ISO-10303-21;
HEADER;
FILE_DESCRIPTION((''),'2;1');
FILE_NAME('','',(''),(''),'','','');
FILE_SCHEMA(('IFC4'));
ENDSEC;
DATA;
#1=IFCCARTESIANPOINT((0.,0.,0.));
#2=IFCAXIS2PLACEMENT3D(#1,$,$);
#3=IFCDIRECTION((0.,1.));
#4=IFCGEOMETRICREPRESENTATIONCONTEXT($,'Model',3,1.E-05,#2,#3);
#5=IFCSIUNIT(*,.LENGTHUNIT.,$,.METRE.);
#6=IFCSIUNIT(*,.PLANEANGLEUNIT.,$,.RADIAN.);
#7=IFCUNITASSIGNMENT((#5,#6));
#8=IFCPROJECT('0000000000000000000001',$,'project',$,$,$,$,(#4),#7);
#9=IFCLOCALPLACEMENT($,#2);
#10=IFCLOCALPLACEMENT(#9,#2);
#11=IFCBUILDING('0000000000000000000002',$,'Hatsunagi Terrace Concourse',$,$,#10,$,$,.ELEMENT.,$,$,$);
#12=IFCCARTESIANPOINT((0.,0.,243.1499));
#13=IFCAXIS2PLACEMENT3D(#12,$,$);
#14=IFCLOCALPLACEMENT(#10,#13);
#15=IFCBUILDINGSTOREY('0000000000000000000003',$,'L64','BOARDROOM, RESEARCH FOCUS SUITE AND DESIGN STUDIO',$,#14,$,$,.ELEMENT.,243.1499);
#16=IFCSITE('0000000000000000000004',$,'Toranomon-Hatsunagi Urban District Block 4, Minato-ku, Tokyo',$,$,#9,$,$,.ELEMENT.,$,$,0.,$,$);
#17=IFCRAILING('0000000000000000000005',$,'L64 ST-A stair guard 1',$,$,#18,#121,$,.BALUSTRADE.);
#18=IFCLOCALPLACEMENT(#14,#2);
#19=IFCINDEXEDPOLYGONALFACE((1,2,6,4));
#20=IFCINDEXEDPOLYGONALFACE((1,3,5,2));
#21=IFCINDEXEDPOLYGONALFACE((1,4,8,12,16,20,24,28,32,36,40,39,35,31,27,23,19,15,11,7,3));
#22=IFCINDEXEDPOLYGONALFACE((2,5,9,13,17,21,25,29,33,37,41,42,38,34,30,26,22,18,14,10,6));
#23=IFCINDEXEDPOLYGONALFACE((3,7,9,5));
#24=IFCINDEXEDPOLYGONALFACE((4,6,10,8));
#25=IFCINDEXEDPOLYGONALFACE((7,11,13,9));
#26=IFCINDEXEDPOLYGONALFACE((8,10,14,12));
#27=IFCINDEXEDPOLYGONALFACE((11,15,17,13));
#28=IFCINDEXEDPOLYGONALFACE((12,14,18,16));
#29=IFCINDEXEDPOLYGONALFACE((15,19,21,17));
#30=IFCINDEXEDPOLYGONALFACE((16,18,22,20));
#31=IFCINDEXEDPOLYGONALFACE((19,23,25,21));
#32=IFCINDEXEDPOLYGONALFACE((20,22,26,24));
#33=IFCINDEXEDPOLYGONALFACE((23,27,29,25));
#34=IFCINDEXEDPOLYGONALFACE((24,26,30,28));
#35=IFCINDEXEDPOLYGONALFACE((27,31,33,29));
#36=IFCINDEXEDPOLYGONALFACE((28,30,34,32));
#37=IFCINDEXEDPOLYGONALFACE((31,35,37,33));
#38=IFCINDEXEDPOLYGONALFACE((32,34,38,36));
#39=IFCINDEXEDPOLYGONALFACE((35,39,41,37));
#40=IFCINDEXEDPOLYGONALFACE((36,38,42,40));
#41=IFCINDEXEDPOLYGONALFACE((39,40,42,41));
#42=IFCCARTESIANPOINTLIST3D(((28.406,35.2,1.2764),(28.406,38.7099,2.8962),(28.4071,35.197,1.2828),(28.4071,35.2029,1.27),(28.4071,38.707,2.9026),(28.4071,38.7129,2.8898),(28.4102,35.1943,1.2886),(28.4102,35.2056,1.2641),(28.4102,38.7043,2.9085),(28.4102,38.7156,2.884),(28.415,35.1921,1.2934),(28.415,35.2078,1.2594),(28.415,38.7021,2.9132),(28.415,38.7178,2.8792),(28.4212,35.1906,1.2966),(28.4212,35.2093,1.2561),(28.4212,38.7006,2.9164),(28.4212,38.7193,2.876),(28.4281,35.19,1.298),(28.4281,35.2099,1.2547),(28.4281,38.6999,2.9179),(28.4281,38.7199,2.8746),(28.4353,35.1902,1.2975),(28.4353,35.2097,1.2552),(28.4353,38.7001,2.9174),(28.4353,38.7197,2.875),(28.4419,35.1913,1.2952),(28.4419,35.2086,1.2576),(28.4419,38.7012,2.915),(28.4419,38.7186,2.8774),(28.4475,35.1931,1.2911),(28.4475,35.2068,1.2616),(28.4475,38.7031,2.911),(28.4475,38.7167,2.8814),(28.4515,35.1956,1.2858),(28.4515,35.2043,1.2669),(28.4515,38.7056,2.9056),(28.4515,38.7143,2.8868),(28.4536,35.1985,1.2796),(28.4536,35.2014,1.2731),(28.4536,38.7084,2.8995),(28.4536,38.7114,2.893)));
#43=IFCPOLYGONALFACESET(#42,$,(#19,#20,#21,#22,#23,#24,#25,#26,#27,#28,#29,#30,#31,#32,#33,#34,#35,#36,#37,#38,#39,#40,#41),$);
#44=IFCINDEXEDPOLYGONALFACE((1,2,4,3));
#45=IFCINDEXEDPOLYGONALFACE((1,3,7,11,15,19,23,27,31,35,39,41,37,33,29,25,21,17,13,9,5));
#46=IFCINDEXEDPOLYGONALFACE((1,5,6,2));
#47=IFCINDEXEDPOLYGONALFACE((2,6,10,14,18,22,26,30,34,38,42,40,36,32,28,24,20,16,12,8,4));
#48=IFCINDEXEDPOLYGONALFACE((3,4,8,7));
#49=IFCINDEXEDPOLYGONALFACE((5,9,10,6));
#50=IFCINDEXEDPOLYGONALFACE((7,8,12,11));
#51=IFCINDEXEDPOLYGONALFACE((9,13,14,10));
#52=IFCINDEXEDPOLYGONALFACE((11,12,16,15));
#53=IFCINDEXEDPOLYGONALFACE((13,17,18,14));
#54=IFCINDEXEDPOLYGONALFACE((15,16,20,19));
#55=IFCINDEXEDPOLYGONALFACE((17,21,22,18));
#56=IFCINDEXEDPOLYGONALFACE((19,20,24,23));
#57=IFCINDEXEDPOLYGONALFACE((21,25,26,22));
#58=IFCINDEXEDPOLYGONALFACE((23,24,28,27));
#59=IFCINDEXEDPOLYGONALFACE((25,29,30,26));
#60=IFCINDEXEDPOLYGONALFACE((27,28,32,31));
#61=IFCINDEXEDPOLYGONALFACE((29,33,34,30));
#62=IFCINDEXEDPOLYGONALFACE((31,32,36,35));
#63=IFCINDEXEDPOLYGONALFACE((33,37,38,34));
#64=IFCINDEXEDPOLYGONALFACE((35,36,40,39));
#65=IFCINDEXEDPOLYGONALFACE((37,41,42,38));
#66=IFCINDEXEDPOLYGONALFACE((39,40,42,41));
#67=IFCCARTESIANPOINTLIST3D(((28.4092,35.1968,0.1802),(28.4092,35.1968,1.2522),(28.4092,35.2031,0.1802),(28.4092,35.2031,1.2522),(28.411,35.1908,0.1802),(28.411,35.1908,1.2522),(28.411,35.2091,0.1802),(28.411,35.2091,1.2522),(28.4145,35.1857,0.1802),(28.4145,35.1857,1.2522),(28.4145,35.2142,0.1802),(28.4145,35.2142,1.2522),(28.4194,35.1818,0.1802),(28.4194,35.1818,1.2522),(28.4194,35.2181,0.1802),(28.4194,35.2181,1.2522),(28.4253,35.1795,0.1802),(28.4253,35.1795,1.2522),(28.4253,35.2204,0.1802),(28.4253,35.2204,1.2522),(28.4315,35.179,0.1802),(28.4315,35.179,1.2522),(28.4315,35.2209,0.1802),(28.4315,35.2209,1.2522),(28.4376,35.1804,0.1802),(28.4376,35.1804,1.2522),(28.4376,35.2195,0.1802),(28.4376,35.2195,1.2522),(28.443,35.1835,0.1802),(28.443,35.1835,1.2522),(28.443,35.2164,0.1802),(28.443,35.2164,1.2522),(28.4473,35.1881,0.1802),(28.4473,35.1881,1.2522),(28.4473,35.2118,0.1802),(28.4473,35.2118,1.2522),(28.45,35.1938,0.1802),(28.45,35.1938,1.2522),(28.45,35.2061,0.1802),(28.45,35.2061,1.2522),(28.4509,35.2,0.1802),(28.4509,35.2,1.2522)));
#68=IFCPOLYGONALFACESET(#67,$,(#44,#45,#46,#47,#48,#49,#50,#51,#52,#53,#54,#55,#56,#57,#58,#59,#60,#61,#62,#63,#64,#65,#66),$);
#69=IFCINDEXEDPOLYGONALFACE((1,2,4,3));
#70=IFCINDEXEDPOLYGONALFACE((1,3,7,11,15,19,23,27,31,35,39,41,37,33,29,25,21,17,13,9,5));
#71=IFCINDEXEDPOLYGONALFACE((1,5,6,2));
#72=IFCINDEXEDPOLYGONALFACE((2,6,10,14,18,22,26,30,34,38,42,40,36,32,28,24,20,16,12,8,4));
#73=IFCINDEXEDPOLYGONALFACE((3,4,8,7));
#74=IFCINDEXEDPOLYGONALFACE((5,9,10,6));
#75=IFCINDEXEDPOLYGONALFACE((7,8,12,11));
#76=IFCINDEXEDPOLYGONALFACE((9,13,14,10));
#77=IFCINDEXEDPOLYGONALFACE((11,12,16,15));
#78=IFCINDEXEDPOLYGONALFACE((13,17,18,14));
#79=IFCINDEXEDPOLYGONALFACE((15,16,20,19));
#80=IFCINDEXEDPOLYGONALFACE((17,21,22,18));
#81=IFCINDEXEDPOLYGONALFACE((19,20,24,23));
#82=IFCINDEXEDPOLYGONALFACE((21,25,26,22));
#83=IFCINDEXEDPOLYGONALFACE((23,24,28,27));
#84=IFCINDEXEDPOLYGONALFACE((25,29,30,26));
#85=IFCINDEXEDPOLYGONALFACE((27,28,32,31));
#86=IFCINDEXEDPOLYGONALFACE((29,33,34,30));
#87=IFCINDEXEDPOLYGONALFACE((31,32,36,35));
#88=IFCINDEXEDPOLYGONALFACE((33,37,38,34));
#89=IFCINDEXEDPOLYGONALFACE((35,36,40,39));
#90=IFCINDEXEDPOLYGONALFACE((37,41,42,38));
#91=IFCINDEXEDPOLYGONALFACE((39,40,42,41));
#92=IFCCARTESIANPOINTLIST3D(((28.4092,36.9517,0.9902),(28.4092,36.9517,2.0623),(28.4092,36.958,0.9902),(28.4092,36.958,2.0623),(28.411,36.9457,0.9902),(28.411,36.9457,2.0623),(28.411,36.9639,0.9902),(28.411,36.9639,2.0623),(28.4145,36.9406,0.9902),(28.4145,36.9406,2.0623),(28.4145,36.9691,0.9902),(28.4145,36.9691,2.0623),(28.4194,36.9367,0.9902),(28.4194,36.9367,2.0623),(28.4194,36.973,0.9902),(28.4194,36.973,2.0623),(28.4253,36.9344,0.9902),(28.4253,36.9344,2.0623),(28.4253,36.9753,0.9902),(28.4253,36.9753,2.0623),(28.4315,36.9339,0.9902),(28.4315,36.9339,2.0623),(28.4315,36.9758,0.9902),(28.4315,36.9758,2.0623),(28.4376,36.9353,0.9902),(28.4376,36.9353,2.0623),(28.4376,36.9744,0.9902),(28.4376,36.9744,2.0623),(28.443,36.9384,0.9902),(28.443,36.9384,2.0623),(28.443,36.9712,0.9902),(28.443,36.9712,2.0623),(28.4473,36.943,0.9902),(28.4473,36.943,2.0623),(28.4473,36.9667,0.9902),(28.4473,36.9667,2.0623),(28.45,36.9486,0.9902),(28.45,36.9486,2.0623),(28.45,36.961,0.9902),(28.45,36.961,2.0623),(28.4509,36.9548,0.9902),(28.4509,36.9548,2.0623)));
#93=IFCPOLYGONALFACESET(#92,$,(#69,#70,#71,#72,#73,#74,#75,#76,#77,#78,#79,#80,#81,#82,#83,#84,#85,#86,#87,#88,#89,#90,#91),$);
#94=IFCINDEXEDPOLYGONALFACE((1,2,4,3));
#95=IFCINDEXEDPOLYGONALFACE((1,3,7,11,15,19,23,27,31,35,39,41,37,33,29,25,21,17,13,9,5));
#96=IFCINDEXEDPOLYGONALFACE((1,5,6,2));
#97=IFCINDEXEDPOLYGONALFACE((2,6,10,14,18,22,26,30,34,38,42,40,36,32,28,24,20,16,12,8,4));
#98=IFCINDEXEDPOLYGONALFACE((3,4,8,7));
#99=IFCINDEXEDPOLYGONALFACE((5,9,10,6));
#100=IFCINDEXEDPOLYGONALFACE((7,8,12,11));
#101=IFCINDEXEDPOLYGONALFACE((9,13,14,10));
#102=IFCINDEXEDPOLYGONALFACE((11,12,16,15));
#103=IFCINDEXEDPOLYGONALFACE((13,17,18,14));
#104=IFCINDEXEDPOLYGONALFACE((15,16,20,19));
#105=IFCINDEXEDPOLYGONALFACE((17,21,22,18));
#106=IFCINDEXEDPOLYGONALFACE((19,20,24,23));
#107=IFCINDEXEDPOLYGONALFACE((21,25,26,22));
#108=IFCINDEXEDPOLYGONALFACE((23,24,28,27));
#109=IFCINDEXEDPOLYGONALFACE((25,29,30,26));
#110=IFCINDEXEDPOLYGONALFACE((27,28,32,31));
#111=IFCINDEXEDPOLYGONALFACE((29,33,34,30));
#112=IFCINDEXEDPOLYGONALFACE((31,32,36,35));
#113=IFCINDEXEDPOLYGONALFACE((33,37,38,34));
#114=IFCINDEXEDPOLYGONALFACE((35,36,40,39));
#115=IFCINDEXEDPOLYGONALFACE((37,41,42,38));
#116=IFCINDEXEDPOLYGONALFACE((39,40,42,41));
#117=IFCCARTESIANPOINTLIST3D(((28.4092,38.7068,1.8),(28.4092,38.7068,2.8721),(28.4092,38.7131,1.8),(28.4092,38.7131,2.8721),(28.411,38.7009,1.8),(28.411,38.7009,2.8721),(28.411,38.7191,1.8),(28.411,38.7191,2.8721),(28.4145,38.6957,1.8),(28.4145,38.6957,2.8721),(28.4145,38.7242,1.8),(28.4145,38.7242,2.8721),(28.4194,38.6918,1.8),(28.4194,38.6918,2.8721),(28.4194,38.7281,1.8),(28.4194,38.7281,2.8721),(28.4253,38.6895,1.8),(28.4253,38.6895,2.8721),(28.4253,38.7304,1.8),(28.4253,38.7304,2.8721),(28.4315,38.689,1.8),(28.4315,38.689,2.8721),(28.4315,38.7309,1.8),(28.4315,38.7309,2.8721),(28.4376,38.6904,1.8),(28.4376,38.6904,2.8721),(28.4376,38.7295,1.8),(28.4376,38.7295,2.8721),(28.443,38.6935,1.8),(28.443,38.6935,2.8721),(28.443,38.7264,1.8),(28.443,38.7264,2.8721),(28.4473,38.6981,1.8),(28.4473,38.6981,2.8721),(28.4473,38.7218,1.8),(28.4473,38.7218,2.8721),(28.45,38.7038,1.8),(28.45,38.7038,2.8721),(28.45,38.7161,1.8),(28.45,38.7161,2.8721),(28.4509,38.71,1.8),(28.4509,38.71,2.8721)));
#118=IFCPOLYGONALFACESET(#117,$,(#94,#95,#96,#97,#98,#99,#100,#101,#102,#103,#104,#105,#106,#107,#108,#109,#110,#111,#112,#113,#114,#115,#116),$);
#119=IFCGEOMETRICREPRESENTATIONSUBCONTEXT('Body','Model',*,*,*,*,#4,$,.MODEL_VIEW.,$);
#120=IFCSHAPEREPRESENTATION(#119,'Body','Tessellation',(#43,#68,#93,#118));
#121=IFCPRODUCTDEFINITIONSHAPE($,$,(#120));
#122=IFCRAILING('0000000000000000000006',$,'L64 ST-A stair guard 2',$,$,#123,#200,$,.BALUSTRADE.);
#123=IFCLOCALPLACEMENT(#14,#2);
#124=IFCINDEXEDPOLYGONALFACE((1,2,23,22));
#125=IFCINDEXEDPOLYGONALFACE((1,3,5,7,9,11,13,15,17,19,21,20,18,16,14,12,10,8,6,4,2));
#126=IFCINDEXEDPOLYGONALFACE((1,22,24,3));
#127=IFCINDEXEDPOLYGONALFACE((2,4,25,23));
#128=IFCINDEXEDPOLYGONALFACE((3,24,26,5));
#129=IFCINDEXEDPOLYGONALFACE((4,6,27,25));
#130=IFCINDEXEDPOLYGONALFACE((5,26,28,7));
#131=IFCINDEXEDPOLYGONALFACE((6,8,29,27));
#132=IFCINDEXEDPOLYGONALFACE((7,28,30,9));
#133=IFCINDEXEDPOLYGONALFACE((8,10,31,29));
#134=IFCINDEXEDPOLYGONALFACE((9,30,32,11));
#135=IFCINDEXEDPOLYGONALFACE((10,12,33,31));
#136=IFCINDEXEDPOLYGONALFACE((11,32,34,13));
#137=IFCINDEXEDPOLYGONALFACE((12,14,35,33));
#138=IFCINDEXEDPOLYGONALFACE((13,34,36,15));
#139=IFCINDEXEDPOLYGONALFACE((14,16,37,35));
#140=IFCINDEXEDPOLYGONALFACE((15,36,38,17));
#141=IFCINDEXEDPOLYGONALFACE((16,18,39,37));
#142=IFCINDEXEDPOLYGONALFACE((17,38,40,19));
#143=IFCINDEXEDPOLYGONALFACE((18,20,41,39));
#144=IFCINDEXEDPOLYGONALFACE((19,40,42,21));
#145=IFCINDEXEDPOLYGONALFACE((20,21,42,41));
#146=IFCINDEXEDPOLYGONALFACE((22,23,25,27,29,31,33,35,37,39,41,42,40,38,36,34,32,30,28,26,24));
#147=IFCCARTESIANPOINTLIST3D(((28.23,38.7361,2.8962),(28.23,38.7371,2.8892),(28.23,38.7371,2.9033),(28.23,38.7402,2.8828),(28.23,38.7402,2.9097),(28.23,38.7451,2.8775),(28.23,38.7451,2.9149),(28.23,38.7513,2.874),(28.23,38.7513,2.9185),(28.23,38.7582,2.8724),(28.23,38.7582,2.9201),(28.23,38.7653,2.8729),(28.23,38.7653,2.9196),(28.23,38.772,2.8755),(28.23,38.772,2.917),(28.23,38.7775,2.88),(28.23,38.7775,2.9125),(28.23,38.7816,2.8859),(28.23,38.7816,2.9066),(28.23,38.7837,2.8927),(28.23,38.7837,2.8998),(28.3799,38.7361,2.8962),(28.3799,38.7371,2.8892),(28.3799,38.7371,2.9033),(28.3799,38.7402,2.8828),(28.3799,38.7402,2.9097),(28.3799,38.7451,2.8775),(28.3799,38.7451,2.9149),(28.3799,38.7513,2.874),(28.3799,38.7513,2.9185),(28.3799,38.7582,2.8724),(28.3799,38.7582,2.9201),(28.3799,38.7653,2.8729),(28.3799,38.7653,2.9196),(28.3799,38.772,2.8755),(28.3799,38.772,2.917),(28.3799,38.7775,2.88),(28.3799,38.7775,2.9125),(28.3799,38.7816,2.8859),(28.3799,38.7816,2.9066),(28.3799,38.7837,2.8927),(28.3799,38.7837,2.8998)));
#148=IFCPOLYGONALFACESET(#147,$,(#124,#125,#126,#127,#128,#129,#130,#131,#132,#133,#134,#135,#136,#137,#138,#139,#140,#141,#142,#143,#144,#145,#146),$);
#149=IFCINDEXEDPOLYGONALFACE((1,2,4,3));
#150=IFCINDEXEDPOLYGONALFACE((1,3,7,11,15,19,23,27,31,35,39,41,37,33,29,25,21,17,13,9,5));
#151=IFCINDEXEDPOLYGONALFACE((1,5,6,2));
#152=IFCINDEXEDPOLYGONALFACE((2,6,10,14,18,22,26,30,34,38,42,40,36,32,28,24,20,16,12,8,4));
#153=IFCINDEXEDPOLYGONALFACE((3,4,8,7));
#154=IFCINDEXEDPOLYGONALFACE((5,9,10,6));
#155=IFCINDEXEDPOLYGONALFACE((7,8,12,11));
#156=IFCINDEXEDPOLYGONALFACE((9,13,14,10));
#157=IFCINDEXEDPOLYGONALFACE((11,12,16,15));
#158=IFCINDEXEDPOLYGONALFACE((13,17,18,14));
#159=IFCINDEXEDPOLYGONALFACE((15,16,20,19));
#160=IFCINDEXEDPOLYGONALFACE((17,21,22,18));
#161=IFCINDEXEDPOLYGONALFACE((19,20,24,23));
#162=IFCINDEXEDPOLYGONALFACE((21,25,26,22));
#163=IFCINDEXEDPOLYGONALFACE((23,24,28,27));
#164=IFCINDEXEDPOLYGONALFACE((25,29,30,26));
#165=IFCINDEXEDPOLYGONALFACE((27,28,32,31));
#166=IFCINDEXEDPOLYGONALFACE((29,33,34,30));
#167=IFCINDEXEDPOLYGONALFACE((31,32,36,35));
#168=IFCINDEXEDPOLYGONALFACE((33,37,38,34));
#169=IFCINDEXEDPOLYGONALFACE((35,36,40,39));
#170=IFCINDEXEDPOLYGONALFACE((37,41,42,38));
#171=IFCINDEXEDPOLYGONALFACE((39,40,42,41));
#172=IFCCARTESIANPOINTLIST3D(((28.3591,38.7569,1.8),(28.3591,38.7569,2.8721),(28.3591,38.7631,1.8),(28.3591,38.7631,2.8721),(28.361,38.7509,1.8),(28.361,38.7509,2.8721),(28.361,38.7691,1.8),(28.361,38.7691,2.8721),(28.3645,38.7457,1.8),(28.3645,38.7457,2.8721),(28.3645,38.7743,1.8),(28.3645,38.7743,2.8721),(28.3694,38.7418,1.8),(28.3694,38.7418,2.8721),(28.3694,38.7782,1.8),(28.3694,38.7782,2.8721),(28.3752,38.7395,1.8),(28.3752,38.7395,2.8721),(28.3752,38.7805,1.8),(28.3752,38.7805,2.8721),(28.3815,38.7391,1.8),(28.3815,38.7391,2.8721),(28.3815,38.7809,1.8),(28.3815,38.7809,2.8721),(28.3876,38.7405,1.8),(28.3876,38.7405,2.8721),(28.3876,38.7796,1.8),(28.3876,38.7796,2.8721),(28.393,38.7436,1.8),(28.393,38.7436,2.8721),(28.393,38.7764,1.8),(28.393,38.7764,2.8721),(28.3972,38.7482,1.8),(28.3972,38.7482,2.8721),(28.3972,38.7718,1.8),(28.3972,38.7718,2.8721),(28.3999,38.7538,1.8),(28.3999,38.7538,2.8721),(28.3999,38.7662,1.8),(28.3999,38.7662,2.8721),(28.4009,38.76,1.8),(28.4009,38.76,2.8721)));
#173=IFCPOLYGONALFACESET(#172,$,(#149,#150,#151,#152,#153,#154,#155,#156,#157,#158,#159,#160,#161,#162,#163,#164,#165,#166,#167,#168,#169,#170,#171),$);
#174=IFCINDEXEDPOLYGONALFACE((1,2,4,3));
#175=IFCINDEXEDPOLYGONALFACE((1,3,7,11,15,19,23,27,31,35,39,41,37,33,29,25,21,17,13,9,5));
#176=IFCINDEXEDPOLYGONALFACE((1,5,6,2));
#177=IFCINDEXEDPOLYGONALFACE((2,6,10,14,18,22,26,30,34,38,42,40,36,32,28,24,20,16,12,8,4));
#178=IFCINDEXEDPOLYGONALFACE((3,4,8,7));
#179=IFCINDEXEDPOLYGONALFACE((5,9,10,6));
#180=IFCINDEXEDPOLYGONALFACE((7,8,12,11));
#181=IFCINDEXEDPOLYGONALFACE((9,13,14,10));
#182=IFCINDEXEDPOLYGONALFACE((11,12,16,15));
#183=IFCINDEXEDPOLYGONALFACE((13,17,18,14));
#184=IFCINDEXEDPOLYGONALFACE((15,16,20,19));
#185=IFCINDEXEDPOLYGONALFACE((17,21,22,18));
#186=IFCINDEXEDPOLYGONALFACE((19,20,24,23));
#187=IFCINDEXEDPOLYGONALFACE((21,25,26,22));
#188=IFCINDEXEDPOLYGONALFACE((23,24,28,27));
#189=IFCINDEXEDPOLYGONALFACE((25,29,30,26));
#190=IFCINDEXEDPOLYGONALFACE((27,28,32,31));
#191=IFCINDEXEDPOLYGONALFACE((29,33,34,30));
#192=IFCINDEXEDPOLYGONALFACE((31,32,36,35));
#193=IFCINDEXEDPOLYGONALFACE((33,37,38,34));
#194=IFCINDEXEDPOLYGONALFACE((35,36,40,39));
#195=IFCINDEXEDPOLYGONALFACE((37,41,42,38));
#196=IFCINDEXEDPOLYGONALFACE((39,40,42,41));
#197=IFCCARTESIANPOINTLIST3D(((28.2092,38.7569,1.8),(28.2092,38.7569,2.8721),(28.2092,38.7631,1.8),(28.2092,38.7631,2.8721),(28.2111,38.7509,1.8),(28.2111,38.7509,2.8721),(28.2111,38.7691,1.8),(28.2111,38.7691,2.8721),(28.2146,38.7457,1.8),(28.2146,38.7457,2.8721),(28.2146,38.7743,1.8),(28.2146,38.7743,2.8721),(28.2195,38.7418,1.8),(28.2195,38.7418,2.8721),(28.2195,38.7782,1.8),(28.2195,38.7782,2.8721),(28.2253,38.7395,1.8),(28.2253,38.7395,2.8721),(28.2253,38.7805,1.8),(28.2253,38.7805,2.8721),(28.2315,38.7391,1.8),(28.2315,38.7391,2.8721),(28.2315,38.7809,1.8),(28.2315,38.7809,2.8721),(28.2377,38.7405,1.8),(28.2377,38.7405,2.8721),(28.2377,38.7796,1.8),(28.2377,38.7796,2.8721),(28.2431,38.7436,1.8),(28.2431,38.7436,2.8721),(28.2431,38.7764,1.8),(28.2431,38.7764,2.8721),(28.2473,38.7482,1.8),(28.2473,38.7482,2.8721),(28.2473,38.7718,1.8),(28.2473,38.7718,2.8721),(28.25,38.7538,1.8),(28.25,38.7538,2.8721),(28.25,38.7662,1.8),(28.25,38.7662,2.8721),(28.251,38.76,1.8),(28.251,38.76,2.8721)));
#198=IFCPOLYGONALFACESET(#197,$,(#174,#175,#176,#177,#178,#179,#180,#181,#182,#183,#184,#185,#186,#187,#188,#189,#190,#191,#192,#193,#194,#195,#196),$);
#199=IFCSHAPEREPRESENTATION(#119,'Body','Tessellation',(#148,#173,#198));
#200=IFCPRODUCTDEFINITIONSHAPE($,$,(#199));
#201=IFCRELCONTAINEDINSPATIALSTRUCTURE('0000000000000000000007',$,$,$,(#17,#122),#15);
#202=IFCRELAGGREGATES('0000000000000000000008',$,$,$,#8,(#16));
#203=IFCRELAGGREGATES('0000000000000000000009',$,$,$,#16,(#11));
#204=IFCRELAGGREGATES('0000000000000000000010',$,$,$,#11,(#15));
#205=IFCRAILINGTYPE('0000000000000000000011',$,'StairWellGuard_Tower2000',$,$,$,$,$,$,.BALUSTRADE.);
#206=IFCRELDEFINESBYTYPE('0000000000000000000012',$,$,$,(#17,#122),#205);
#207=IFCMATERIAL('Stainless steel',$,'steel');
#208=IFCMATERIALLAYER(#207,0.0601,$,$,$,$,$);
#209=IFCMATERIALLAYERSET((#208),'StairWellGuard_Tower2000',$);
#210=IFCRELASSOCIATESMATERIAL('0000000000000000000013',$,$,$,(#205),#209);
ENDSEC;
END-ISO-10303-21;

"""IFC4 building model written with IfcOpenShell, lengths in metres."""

from ifc_helpers import new_model, si_unit, direction, frame, origin, origin_2d, place, context, subcontext, project, spatial, circle, extrude, material, layer, layer_set, type_object, element, save


model = new_model("IFC4")

# Units and contexts
model_context = context("Model", 3, precision=1e-05, world=origin(), true_north=direction((0.0, 1.0)))
body_context = subcontext(model_context, "Body", "Model", "MODEL_VIEW")
ifc_project = project(units=[si_unit("LENGTHUNIT", "METRE"), si_unit("PLANEANGLEUNIT", "RADIAN")], contexts=[model_context])

# Site, building, storey
site_placement = place(None, origin())
site = spatial("IfcSite", under=ifc_project, at=site_placement, Name="Toranomon-Hatsunagi Urban District Block 4, Minato-ku, Tokyo", CompositionType="ELEMENT", RefElevation=0.0)
building_placement = place(site_placement, origin())
building = spatial("IfcBuilding", under=site, at=building_placement, Name="Hatsunagi Terrace Concourse", CompositionType="ELEMENT")
storey_placement = place(building_placement, frame((0.0, 0.0, 243.1499)))
storey = spatial("IfcBuildingStorey", under=building, at=storey_placement, Name="L64", Description="BOARDROOM, RESEARCH FOCUS SUITE AND DESIGN STUDIO", CompositionType="ELEMENT", Elevation=243.1499)

# Railings
ifc_material_1 = material(Name="Stainless steel", Category="steel")
ifc_layer_1 = layer(ifc_material_1, 0.0601)
ifc_layer_set_1 = layer_set([ifc_layer_1], Name="StairWellGuard_Tower2000")
railing_type_1 = type_object("IfcRailingType", Name="StairWellGuard_Tower2000", PredefinedType="BALUSTRADE", material=ifc_layer_set_1)
railing_1_placement = place(storey_placement, frame((28.4299, 35.2, 0.1802)))
element("IfcRailing", 1, at=railing_1_placement, inside=storey, type_object=railing_type_1, Name="L64 ST-A stair guard 1", PredefinedType="BALUSTRADE", context=body_context, shape_type="SweptSolid", body=[
    extrude(circle(Radius=0.0239, at=origin_2d()), frame((0.0, 0.0, 1.0962), z_axis=(0.0, 0.907972, 0.41903), x_axis=(-1.0, 0.0, 0.0)), (0.0, 0.0, 1.0), 3.8657),
    extrude(circle(Radius=0.021, at=origin_2d()), origin(), (0.0, 0.0, 1.0), 1.072),
    extrude(circle(Radius=0.021, at=origin_2d()), frame((0.0, 1.7549, 0.8101)), (0.0, 0.0, 1.0), 1.072),
    extrude(circle(Radius=0.021, at=origin_2d()), frame((0.0, 3.51, 1.6199)), (0.0, 0.0, 1.0), 1.072),
])
railing_2_placement = place(storey_placement, frame((28.3799, 38.76, 1.8)))
element("IfcRailing", 2, at=railing_2_placement, inside=storey, type_object=railing_type_1, Name="L64 ST-A stair guard 2", PredefinedType="BALUSTRADE", context=body_context, shape_type="SweptSolid", body=[
    extrude(circle(Radius=0.0239, at=origin_2d()), frame((0.0, 0.0, 1.0962), z_axis=(-1.0, 0.0, 0.0), x_axis=(0.0, -1.0, 0.0)), (0.0, 0.0, 1.0), 0.1499),
    extrude(circle(Radius=0.021, at=origin_2d()), origin(), (0.0, 0.0, 1.0), 1.072),
    extrude(circle(Radius=0.021, at=origin_2d()), frame((-0.1499, 0.0, 0.0)), (0.0, 0.0, 1.0), 1.072),
])

save(model, "model.ifc")
